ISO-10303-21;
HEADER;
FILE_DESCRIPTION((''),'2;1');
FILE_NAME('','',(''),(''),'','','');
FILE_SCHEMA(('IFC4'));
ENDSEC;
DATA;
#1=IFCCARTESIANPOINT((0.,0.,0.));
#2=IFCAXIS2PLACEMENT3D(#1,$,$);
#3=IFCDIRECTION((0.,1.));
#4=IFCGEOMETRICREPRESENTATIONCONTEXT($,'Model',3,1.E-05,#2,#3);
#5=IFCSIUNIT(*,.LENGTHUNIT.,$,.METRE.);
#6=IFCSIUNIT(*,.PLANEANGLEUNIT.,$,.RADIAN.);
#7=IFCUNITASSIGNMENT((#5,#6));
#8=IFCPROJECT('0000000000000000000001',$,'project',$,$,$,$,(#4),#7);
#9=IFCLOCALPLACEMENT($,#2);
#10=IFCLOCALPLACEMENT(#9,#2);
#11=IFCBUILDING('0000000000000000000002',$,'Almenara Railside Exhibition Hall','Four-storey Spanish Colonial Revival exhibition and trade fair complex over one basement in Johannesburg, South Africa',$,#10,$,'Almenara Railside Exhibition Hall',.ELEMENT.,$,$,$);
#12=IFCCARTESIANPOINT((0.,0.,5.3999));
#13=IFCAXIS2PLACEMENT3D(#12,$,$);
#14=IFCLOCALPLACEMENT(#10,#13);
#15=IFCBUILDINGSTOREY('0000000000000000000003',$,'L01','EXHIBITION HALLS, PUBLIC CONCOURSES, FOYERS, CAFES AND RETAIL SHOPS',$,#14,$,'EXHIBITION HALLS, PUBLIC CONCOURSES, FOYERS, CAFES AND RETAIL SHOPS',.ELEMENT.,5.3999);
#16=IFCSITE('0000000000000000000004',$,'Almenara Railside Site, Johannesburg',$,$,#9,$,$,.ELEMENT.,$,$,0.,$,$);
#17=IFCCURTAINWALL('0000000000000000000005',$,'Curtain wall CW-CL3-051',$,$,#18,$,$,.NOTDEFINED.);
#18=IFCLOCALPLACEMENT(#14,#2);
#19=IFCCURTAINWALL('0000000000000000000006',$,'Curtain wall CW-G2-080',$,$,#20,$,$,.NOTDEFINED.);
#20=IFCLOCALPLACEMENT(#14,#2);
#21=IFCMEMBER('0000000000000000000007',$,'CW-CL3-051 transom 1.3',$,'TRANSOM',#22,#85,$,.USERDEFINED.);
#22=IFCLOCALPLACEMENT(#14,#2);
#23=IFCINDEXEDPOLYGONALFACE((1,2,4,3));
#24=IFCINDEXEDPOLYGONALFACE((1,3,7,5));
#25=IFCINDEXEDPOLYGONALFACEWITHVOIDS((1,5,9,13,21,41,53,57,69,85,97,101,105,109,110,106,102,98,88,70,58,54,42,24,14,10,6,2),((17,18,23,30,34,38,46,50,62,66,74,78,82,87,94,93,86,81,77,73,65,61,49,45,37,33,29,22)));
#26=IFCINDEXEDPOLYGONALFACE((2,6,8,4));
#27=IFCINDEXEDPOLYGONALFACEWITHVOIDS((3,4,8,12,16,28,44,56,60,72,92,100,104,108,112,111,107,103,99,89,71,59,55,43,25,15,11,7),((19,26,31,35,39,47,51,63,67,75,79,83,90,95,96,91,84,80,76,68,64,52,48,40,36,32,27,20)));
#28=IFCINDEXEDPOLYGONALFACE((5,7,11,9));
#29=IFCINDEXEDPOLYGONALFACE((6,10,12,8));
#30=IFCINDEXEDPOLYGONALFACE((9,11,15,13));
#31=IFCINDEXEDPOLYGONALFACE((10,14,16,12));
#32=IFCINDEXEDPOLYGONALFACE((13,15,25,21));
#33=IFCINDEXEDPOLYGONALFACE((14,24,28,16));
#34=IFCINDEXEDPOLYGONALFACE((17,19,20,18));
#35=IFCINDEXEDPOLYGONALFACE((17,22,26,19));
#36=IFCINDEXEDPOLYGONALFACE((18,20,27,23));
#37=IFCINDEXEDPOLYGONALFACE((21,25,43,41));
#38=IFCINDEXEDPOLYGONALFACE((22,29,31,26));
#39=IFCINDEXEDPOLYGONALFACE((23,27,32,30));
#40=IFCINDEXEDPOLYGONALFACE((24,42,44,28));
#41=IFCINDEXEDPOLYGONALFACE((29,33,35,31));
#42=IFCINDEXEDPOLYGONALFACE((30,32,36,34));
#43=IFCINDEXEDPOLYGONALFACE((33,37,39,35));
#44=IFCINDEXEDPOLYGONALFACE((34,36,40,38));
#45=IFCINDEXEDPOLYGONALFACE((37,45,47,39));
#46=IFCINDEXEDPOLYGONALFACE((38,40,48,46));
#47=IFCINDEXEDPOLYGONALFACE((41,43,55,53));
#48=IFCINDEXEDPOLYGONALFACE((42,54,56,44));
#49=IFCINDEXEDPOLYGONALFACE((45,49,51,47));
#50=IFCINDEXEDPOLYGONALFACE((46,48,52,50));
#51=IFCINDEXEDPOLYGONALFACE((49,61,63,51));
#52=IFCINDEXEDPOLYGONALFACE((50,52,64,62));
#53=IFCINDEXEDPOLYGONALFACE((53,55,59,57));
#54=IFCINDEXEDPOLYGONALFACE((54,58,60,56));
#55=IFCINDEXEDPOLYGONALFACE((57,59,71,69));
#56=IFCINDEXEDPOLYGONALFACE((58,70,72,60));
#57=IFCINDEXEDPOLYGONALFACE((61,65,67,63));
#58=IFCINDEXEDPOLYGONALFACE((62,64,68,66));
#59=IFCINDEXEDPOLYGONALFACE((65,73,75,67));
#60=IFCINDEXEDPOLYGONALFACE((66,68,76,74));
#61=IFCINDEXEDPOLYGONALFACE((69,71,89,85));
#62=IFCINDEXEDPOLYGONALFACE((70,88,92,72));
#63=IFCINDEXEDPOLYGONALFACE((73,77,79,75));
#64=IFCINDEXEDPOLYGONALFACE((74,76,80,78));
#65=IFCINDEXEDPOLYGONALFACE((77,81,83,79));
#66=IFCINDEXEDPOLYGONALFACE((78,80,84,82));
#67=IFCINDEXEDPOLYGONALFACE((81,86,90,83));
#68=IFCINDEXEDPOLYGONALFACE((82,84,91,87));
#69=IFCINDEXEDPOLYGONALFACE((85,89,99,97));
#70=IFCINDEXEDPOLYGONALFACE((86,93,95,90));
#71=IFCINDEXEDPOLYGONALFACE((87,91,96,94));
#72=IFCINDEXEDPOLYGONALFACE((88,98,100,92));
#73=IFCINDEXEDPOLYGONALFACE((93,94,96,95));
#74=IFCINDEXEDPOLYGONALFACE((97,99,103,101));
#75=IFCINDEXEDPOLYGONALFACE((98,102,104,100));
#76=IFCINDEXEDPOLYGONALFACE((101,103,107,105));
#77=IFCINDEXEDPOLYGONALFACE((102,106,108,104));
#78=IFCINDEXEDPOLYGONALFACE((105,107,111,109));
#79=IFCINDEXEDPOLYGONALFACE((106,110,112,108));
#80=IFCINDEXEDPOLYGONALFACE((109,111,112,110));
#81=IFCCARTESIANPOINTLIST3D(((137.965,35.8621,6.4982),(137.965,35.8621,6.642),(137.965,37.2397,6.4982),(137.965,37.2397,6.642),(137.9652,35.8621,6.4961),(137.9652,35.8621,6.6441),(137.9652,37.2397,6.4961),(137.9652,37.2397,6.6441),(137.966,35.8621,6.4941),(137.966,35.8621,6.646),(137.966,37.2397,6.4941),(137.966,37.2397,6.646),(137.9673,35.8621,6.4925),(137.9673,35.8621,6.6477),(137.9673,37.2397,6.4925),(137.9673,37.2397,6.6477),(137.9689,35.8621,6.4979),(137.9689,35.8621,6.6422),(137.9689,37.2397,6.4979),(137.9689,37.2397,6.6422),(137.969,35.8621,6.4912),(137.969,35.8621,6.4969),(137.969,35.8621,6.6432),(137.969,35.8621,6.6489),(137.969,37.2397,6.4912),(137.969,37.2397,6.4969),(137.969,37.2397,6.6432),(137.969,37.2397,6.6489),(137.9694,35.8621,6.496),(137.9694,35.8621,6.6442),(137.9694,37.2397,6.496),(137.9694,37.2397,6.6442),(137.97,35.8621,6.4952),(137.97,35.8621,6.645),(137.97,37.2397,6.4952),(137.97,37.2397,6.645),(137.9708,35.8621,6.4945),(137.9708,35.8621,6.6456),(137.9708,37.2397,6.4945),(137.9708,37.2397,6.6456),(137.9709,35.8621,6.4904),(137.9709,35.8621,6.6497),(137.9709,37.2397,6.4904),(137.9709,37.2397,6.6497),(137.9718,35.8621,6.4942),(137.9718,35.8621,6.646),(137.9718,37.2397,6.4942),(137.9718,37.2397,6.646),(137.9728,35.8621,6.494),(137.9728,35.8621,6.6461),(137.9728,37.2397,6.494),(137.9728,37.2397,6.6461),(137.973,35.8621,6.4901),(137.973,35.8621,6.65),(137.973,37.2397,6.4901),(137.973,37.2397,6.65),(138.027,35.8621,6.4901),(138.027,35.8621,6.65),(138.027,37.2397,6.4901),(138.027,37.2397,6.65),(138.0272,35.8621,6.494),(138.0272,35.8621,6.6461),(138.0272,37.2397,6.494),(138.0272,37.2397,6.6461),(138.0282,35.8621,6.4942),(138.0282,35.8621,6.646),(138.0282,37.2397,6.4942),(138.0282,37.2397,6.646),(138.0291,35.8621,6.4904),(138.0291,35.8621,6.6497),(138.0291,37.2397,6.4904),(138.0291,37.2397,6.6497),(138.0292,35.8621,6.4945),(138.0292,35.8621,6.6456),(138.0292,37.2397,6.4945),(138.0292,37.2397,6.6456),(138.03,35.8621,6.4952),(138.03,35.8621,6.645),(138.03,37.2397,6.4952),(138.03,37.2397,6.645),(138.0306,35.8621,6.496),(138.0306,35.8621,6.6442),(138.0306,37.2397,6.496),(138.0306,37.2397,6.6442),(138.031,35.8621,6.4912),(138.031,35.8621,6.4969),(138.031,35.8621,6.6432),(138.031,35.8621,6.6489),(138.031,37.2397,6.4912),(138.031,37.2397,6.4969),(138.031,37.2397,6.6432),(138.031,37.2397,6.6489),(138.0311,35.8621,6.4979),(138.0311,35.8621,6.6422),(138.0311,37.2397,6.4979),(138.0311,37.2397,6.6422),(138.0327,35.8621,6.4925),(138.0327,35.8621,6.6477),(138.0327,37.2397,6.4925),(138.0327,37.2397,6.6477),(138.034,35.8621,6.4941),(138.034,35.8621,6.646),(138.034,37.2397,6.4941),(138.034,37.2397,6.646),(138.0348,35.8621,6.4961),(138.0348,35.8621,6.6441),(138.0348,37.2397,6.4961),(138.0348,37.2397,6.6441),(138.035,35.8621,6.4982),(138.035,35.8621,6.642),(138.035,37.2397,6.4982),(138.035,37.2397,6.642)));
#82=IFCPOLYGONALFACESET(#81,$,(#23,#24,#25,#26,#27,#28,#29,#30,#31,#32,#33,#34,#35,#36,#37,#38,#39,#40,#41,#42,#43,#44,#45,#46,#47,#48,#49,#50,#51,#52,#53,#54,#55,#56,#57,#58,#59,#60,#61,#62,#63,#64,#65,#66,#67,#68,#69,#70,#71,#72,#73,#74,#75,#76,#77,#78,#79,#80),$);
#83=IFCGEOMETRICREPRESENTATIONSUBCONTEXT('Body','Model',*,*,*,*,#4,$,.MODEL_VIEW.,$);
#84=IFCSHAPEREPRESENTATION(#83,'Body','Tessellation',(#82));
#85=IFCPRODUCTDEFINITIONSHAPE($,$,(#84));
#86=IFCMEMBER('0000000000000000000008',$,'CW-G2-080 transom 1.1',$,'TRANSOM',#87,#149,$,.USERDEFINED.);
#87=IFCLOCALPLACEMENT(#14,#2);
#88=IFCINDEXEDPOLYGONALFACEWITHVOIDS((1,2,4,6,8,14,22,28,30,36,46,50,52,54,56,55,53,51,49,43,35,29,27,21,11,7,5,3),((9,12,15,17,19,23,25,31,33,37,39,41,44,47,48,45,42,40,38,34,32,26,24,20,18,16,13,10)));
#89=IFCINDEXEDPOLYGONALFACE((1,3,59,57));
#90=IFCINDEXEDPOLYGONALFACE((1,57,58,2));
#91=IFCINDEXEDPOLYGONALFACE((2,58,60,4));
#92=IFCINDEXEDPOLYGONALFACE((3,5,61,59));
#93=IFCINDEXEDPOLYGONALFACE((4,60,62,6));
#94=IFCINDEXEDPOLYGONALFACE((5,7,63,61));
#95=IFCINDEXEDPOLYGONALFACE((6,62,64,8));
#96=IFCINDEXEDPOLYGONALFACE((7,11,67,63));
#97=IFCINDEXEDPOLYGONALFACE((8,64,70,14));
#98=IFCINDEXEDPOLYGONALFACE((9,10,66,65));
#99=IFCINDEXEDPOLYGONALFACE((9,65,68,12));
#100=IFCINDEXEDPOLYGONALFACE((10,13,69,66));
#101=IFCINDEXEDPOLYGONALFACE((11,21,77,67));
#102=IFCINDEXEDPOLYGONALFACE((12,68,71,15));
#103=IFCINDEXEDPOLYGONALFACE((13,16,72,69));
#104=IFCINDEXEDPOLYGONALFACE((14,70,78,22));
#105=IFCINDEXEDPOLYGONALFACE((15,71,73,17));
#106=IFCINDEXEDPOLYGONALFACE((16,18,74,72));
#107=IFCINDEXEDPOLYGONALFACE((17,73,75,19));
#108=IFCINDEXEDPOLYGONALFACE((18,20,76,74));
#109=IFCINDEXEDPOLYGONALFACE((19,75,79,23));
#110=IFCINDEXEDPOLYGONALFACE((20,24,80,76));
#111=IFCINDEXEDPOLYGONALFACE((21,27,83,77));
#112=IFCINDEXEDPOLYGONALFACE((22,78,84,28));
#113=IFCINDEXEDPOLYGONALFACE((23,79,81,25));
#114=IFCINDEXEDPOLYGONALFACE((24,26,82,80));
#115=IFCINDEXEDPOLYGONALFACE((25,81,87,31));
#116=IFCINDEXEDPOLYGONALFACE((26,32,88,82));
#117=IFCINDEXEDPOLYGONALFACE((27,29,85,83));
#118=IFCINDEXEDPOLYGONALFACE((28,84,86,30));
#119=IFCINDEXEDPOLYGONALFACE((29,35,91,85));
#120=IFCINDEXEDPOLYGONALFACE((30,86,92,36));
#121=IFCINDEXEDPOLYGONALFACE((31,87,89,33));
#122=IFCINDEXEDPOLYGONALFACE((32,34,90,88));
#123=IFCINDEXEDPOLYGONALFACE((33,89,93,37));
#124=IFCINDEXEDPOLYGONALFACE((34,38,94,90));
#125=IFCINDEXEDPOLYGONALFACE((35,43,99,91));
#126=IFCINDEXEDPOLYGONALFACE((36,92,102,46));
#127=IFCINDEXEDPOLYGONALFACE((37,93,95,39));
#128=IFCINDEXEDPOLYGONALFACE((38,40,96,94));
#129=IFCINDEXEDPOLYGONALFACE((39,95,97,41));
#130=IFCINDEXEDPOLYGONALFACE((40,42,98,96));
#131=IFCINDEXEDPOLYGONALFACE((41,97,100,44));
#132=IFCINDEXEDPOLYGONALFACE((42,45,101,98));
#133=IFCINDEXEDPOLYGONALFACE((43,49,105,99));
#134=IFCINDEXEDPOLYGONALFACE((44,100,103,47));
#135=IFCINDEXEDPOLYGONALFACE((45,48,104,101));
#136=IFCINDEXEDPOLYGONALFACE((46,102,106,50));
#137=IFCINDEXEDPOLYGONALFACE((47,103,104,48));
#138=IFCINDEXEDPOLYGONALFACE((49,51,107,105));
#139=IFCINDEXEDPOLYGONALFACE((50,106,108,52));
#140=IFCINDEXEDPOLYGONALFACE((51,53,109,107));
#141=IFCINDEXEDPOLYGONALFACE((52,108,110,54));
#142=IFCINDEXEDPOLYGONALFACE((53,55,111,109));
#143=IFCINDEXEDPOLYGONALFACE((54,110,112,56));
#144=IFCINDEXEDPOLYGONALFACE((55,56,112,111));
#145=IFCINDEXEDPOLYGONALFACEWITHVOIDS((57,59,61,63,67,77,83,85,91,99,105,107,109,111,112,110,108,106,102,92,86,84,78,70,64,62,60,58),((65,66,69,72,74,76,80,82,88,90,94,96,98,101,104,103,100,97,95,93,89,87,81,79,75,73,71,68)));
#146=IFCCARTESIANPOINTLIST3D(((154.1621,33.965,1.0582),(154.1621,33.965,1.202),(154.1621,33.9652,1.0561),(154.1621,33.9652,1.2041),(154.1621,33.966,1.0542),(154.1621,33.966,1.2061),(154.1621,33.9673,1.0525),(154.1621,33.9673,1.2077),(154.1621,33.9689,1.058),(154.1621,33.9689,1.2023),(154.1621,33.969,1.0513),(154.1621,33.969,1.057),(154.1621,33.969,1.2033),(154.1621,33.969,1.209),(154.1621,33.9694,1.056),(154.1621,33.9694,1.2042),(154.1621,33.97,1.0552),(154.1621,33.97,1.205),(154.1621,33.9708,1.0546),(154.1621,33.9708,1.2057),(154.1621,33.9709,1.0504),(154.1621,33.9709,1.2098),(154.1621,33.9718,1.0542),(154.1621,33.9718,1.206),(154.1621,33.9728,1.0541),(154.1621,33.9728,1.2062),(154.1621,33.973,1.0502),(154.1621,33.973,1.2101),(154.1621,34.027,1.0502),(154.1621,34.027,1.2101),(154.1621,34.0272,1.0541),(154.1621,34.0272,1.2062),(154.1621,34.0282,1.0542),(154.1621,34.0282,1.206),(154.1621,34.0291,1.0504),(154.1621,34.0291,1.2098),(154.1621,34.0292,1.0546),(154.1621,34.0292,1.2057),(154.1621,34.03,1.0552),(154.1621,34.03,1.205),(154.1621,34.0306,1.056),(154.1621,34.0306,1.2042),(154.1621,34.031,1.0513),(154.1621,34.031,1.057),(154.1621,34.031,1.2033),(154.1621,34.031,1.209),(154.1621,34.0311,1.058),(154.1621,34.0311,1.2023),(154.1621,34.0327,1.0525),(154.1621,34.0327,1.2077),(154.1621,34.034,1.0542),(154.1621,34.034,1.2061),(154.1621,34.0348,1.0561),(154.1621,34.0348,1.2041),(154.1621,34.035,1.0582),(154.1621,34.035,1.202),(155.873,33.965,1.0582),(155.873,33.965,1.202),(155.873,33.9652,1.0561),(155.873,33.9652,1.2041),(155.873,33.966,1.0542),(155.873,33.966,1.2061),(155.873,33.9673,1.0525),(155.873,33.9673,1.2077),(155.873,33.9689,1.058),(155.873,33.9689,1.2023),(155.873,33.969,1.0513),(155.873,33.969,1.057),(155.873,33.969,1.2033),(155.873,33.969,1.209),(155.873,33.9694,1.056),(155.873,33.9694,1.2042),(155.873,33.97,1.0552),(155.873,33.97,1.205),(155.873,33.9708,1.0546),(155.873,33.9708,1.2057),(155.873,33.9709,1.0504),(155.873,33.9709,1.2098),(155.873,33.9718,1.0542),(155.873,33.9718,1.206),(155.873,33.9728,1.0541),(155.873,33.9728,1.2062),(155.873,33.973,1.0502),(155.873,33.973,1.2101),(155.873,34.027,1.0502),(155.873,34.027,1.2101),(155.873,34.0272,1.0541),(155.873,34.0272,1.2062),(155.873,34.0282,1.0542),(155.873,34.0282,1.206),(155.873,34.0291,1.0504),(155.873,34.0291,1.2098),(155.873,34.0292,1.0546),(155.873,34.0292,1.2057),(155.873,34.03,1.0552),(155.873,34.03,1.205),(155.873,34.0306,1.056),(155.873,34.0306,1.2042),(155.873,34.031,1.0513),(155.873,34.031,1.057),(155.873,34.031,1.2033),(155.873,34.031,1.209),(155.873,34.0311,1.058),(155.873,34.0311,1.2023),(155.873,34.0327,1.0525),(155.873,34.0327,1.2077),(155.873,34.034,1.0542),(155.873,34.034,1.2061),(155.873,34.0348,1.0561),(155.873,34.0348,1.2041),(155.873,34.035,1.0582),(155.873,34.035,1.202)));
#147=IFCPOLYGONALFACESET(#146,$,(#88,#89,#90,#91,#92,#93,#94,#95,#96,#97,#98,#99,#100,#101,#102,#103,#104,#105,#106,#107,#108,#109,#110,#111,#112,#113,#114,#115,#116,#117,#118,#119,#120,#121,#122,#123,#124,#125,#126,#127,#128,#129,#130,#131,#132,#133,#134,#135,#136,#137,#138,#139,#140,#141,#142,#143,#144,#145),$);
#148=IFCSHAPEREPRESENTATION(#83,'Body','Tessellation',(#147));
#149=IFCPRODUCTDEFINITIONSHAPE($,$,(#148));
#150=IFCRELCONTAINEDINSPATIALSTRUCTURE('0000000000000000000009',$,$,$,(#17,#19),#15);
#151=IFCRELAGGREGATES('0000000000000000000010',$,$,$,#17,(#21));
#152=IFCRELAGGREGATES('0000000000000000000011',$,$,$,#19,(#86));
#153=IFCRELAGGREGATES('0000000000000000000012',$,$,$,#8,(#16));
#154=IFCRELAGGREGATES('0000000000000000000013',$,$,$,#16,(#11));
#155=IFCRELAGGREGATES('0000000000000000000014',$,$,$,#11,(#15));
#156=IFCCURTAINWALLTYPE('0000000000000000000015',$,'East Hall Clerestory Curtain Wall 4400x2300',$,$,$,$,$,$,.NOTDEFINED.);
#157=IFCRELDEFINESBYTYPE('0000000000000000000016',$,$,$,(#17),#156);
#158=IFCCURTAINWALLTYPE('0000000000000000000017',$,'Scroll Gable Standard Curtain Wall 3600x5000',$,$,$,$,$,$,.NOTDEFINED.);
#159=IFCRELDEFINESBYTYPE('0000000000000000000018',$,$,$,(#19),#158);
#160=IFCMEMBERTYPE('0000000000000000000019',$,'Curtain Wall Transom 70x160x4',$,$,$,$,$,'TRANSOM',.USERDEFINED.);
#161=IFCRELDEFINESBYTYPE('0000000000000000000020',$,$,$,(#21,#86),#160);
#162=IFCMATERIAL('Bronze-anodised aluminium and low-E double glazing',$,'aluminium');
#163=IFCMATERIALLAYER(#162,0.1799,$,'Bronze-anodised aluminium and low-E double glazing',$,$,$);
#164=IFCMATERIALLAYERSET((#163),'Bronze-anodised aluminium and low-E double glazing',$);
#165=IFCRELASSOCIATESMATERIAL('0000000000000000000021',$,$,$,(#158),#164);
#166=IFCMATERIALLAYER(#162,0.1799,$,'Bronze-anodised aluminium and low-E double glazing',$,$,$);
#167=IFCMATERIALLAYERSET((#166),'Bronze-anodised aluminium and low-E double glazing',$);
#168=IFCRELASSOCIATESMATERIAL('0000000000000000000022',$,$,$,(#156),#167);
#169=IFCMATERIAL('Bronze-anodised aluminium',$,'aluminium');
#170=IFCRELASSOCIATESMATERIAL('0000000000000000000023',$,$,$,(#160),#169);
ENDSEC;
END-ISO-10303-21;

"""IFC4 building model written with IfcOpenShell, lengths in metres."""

from ifc_helpers import new_model, si_unit, direction, frame, origin, origin_2d, place, context, subcontext, project, spatial, hollow_rectangle, extrude, material, layer, layer_set, material_profile, profile_set, type_object, element, aggregate, save


model = new_model("IFC4")

# Units and contexts
model_context = context("Model", 3, precision=1e-05, world=origin(), true_north=direction((0.0, 1.0)))
body_context = subcontext(model_context, "Body", "Model", "MODEL_VIEW")
ifc_project = project(units=[si_unit("LENGTHUNIT", "METRE"), si_unit("PLANEANGLEUNIT", "RADIAN")], contexts=[model_context])

# Site, building, storey
site_placement = place(None, origin())
site = spatial("IfcSite", under=ifc_project, at=site_placement, Name="Almenara Railside Site, Johannesburg", CompositionType="ELEMENT", RefElevation=0.0)
building_placement = place(site_placement, origin())
building = spatial("IfcBuilding", under=site, at=building_placement, Name="Almenara Railside Exhibition Hall", Description="Four-storey Spanish Colonial Revival exhibition and trade fair complex over one basement in Johannesburg, South Africa", LongName="Almenara Railside Exhibition Hall", CompositionType="ELEMENT")
storey_placement = place(building_placement, frame((0.0, 0.0, 5.3999)))
storey = spatial("IfcBuildingStorey", under=building, at=storey_placement, Name="L01", Description="EXHIBITION HALLS, PUBLIC CONCOURSES, FOYERS, CAFES AND RETAIL SHOPS", LongName="EXHIBITION HALLS, PUBLIC CONCOURSES, FOYERS, CAFES AND RETAIL SHOPS", CompositionType="ELEMENT", Elevation=5.3999)

# Shared definitions
ifc_material_1 = material(Name="Bronze-anodised aluminium and low-E double glazing", Category="aluminium")
ifc_layer_1 = layer(ifc_material_1, 0.1799, Name="Bronze-anodised aluminium and low-E double glazing")
ifc_layer_set_1 = layer_set([ifc_layer_1], Name="Bronze-anodised aluminium and low-E double glazing")
curtain_wall_type_1 = type_object("IfcCurtainWallType", Name="Scroll Gable Standard Curtain Wall 3600x5000", PredefinedType="NOTDEFINED", material=ifc_layer_set_1)
ifc_material_2 = material(Name="Bronze-anodised aluminium", Category="aluminium")

# Curtain walls
ifc_layer_2 = layer(ifc_material_1, 0.1799, Name="Bronze-anodised aluminium and low-E double glazing")
ifc_layer_set_2 = layer_set([ifc_layer_2], Name="Bronze-anodised aluminium and low-E double glazing")
curtain_wall_type_2 = type_object("IfcCurtainWallType", Name="East Hall Clerestory Curtain Wall 4400x2300", PredefinedType="NOTDEFINED", material=ifc_layer_set_2)
curtain_wall_1_placement = place(storey_placement, origin())
curtain_wall_1 = element("IfcCurtainWall", 1, at=curtain_wall_1_placement, inside=storey, type_object=curtain_wall_type_2, Name="Curtain wall CW-CL3-051", PredefinedType="NOTDEFINED")
curtain_wall_2_placement = place(storey_placement, origin())
curtain_wall_2 = element("IfcCurtainWall", 2, at=curtain_wall_2_placement, inside=storey, type_object=curtain_wall_type_1, Name="Curtain wall CW-G2-080", PredefinedType="NOTDEFINED")

# Members
ifc_material_profile_1 = material_profile(ifc_material_2, hollow_rectangle(XDim=0.0701, YDim=0.1599, WallThickness=0.0039, InnerFilletRadius=0.0039, OuterFilletRadius=0.0081, at=origin_2d()), Name="ALU-TRN 70x160x4")
ifc_profile_set_1 = profile_set([ifc_material_profile_1], Name="Bronze-anodised aluminium")
member_type_1 = type_object("IfcMemberType", Name="Curtain Wall Transom 70x160x4", ElementType="TRANSOM", PredefinedType="USERDEFINED", material=ifc_profile_set_1)
member_1_placement = place(storey_placement, frame((138.0, 35.8621, 6.5701), z_axis=(0.0, 1.0, 0.0), x_axis=(-1.0, 0.0, 0.0)))
member_1 = element("IfcMember", 3, at=member_1_placement, type_object=member_type_1, Name="CW-CL3-051 transom 1.3", ObjectType="TRANSOM", PredefinedType="USERDEFINED", context=body_context, shape_type="SweptSolid", body=[
    extrude(hollow_rectangle(XDim=0.0701, YDim=0.1599, WallThickness=0.0039, InnerFilletRadius=0.0039, OuterFilletRadius=0.0081, at=origin_2d()), origin(), (0.0, 0.0, 1.0), 1.3777),
])
aggregate(curtain_wall_1, [member_1])
member_2_placement = place(storey_placement, frame((154.1621, 34.0, 1.1301), z_axis=(1.0, 0.0, 0.0), x_axis=(0.0, 1.0, 0.0)))
member_2 = element("IfcMember", 4, at=member_2_placement, type_object=member_type_1, Name="CW-G2-080 transom 1.1", ObjectType="TRANSOM", PredefinedType="USERDEFINED", context=body_context, shape_type="SweptSolid", body=[
    extrude(hollow_rectangle(XDim=0.0701, YDim=0.1599, WallThickness=0.0039, InnerFilletRadius=0.0039, OuterFilletRadius=0.0081, at=origin_2d()), origin(), (0.0, 0.0, 1.0), 1.7109),
])
aggregate(curtain_wall_2, [member_2])

save(model, "model.ifc")
